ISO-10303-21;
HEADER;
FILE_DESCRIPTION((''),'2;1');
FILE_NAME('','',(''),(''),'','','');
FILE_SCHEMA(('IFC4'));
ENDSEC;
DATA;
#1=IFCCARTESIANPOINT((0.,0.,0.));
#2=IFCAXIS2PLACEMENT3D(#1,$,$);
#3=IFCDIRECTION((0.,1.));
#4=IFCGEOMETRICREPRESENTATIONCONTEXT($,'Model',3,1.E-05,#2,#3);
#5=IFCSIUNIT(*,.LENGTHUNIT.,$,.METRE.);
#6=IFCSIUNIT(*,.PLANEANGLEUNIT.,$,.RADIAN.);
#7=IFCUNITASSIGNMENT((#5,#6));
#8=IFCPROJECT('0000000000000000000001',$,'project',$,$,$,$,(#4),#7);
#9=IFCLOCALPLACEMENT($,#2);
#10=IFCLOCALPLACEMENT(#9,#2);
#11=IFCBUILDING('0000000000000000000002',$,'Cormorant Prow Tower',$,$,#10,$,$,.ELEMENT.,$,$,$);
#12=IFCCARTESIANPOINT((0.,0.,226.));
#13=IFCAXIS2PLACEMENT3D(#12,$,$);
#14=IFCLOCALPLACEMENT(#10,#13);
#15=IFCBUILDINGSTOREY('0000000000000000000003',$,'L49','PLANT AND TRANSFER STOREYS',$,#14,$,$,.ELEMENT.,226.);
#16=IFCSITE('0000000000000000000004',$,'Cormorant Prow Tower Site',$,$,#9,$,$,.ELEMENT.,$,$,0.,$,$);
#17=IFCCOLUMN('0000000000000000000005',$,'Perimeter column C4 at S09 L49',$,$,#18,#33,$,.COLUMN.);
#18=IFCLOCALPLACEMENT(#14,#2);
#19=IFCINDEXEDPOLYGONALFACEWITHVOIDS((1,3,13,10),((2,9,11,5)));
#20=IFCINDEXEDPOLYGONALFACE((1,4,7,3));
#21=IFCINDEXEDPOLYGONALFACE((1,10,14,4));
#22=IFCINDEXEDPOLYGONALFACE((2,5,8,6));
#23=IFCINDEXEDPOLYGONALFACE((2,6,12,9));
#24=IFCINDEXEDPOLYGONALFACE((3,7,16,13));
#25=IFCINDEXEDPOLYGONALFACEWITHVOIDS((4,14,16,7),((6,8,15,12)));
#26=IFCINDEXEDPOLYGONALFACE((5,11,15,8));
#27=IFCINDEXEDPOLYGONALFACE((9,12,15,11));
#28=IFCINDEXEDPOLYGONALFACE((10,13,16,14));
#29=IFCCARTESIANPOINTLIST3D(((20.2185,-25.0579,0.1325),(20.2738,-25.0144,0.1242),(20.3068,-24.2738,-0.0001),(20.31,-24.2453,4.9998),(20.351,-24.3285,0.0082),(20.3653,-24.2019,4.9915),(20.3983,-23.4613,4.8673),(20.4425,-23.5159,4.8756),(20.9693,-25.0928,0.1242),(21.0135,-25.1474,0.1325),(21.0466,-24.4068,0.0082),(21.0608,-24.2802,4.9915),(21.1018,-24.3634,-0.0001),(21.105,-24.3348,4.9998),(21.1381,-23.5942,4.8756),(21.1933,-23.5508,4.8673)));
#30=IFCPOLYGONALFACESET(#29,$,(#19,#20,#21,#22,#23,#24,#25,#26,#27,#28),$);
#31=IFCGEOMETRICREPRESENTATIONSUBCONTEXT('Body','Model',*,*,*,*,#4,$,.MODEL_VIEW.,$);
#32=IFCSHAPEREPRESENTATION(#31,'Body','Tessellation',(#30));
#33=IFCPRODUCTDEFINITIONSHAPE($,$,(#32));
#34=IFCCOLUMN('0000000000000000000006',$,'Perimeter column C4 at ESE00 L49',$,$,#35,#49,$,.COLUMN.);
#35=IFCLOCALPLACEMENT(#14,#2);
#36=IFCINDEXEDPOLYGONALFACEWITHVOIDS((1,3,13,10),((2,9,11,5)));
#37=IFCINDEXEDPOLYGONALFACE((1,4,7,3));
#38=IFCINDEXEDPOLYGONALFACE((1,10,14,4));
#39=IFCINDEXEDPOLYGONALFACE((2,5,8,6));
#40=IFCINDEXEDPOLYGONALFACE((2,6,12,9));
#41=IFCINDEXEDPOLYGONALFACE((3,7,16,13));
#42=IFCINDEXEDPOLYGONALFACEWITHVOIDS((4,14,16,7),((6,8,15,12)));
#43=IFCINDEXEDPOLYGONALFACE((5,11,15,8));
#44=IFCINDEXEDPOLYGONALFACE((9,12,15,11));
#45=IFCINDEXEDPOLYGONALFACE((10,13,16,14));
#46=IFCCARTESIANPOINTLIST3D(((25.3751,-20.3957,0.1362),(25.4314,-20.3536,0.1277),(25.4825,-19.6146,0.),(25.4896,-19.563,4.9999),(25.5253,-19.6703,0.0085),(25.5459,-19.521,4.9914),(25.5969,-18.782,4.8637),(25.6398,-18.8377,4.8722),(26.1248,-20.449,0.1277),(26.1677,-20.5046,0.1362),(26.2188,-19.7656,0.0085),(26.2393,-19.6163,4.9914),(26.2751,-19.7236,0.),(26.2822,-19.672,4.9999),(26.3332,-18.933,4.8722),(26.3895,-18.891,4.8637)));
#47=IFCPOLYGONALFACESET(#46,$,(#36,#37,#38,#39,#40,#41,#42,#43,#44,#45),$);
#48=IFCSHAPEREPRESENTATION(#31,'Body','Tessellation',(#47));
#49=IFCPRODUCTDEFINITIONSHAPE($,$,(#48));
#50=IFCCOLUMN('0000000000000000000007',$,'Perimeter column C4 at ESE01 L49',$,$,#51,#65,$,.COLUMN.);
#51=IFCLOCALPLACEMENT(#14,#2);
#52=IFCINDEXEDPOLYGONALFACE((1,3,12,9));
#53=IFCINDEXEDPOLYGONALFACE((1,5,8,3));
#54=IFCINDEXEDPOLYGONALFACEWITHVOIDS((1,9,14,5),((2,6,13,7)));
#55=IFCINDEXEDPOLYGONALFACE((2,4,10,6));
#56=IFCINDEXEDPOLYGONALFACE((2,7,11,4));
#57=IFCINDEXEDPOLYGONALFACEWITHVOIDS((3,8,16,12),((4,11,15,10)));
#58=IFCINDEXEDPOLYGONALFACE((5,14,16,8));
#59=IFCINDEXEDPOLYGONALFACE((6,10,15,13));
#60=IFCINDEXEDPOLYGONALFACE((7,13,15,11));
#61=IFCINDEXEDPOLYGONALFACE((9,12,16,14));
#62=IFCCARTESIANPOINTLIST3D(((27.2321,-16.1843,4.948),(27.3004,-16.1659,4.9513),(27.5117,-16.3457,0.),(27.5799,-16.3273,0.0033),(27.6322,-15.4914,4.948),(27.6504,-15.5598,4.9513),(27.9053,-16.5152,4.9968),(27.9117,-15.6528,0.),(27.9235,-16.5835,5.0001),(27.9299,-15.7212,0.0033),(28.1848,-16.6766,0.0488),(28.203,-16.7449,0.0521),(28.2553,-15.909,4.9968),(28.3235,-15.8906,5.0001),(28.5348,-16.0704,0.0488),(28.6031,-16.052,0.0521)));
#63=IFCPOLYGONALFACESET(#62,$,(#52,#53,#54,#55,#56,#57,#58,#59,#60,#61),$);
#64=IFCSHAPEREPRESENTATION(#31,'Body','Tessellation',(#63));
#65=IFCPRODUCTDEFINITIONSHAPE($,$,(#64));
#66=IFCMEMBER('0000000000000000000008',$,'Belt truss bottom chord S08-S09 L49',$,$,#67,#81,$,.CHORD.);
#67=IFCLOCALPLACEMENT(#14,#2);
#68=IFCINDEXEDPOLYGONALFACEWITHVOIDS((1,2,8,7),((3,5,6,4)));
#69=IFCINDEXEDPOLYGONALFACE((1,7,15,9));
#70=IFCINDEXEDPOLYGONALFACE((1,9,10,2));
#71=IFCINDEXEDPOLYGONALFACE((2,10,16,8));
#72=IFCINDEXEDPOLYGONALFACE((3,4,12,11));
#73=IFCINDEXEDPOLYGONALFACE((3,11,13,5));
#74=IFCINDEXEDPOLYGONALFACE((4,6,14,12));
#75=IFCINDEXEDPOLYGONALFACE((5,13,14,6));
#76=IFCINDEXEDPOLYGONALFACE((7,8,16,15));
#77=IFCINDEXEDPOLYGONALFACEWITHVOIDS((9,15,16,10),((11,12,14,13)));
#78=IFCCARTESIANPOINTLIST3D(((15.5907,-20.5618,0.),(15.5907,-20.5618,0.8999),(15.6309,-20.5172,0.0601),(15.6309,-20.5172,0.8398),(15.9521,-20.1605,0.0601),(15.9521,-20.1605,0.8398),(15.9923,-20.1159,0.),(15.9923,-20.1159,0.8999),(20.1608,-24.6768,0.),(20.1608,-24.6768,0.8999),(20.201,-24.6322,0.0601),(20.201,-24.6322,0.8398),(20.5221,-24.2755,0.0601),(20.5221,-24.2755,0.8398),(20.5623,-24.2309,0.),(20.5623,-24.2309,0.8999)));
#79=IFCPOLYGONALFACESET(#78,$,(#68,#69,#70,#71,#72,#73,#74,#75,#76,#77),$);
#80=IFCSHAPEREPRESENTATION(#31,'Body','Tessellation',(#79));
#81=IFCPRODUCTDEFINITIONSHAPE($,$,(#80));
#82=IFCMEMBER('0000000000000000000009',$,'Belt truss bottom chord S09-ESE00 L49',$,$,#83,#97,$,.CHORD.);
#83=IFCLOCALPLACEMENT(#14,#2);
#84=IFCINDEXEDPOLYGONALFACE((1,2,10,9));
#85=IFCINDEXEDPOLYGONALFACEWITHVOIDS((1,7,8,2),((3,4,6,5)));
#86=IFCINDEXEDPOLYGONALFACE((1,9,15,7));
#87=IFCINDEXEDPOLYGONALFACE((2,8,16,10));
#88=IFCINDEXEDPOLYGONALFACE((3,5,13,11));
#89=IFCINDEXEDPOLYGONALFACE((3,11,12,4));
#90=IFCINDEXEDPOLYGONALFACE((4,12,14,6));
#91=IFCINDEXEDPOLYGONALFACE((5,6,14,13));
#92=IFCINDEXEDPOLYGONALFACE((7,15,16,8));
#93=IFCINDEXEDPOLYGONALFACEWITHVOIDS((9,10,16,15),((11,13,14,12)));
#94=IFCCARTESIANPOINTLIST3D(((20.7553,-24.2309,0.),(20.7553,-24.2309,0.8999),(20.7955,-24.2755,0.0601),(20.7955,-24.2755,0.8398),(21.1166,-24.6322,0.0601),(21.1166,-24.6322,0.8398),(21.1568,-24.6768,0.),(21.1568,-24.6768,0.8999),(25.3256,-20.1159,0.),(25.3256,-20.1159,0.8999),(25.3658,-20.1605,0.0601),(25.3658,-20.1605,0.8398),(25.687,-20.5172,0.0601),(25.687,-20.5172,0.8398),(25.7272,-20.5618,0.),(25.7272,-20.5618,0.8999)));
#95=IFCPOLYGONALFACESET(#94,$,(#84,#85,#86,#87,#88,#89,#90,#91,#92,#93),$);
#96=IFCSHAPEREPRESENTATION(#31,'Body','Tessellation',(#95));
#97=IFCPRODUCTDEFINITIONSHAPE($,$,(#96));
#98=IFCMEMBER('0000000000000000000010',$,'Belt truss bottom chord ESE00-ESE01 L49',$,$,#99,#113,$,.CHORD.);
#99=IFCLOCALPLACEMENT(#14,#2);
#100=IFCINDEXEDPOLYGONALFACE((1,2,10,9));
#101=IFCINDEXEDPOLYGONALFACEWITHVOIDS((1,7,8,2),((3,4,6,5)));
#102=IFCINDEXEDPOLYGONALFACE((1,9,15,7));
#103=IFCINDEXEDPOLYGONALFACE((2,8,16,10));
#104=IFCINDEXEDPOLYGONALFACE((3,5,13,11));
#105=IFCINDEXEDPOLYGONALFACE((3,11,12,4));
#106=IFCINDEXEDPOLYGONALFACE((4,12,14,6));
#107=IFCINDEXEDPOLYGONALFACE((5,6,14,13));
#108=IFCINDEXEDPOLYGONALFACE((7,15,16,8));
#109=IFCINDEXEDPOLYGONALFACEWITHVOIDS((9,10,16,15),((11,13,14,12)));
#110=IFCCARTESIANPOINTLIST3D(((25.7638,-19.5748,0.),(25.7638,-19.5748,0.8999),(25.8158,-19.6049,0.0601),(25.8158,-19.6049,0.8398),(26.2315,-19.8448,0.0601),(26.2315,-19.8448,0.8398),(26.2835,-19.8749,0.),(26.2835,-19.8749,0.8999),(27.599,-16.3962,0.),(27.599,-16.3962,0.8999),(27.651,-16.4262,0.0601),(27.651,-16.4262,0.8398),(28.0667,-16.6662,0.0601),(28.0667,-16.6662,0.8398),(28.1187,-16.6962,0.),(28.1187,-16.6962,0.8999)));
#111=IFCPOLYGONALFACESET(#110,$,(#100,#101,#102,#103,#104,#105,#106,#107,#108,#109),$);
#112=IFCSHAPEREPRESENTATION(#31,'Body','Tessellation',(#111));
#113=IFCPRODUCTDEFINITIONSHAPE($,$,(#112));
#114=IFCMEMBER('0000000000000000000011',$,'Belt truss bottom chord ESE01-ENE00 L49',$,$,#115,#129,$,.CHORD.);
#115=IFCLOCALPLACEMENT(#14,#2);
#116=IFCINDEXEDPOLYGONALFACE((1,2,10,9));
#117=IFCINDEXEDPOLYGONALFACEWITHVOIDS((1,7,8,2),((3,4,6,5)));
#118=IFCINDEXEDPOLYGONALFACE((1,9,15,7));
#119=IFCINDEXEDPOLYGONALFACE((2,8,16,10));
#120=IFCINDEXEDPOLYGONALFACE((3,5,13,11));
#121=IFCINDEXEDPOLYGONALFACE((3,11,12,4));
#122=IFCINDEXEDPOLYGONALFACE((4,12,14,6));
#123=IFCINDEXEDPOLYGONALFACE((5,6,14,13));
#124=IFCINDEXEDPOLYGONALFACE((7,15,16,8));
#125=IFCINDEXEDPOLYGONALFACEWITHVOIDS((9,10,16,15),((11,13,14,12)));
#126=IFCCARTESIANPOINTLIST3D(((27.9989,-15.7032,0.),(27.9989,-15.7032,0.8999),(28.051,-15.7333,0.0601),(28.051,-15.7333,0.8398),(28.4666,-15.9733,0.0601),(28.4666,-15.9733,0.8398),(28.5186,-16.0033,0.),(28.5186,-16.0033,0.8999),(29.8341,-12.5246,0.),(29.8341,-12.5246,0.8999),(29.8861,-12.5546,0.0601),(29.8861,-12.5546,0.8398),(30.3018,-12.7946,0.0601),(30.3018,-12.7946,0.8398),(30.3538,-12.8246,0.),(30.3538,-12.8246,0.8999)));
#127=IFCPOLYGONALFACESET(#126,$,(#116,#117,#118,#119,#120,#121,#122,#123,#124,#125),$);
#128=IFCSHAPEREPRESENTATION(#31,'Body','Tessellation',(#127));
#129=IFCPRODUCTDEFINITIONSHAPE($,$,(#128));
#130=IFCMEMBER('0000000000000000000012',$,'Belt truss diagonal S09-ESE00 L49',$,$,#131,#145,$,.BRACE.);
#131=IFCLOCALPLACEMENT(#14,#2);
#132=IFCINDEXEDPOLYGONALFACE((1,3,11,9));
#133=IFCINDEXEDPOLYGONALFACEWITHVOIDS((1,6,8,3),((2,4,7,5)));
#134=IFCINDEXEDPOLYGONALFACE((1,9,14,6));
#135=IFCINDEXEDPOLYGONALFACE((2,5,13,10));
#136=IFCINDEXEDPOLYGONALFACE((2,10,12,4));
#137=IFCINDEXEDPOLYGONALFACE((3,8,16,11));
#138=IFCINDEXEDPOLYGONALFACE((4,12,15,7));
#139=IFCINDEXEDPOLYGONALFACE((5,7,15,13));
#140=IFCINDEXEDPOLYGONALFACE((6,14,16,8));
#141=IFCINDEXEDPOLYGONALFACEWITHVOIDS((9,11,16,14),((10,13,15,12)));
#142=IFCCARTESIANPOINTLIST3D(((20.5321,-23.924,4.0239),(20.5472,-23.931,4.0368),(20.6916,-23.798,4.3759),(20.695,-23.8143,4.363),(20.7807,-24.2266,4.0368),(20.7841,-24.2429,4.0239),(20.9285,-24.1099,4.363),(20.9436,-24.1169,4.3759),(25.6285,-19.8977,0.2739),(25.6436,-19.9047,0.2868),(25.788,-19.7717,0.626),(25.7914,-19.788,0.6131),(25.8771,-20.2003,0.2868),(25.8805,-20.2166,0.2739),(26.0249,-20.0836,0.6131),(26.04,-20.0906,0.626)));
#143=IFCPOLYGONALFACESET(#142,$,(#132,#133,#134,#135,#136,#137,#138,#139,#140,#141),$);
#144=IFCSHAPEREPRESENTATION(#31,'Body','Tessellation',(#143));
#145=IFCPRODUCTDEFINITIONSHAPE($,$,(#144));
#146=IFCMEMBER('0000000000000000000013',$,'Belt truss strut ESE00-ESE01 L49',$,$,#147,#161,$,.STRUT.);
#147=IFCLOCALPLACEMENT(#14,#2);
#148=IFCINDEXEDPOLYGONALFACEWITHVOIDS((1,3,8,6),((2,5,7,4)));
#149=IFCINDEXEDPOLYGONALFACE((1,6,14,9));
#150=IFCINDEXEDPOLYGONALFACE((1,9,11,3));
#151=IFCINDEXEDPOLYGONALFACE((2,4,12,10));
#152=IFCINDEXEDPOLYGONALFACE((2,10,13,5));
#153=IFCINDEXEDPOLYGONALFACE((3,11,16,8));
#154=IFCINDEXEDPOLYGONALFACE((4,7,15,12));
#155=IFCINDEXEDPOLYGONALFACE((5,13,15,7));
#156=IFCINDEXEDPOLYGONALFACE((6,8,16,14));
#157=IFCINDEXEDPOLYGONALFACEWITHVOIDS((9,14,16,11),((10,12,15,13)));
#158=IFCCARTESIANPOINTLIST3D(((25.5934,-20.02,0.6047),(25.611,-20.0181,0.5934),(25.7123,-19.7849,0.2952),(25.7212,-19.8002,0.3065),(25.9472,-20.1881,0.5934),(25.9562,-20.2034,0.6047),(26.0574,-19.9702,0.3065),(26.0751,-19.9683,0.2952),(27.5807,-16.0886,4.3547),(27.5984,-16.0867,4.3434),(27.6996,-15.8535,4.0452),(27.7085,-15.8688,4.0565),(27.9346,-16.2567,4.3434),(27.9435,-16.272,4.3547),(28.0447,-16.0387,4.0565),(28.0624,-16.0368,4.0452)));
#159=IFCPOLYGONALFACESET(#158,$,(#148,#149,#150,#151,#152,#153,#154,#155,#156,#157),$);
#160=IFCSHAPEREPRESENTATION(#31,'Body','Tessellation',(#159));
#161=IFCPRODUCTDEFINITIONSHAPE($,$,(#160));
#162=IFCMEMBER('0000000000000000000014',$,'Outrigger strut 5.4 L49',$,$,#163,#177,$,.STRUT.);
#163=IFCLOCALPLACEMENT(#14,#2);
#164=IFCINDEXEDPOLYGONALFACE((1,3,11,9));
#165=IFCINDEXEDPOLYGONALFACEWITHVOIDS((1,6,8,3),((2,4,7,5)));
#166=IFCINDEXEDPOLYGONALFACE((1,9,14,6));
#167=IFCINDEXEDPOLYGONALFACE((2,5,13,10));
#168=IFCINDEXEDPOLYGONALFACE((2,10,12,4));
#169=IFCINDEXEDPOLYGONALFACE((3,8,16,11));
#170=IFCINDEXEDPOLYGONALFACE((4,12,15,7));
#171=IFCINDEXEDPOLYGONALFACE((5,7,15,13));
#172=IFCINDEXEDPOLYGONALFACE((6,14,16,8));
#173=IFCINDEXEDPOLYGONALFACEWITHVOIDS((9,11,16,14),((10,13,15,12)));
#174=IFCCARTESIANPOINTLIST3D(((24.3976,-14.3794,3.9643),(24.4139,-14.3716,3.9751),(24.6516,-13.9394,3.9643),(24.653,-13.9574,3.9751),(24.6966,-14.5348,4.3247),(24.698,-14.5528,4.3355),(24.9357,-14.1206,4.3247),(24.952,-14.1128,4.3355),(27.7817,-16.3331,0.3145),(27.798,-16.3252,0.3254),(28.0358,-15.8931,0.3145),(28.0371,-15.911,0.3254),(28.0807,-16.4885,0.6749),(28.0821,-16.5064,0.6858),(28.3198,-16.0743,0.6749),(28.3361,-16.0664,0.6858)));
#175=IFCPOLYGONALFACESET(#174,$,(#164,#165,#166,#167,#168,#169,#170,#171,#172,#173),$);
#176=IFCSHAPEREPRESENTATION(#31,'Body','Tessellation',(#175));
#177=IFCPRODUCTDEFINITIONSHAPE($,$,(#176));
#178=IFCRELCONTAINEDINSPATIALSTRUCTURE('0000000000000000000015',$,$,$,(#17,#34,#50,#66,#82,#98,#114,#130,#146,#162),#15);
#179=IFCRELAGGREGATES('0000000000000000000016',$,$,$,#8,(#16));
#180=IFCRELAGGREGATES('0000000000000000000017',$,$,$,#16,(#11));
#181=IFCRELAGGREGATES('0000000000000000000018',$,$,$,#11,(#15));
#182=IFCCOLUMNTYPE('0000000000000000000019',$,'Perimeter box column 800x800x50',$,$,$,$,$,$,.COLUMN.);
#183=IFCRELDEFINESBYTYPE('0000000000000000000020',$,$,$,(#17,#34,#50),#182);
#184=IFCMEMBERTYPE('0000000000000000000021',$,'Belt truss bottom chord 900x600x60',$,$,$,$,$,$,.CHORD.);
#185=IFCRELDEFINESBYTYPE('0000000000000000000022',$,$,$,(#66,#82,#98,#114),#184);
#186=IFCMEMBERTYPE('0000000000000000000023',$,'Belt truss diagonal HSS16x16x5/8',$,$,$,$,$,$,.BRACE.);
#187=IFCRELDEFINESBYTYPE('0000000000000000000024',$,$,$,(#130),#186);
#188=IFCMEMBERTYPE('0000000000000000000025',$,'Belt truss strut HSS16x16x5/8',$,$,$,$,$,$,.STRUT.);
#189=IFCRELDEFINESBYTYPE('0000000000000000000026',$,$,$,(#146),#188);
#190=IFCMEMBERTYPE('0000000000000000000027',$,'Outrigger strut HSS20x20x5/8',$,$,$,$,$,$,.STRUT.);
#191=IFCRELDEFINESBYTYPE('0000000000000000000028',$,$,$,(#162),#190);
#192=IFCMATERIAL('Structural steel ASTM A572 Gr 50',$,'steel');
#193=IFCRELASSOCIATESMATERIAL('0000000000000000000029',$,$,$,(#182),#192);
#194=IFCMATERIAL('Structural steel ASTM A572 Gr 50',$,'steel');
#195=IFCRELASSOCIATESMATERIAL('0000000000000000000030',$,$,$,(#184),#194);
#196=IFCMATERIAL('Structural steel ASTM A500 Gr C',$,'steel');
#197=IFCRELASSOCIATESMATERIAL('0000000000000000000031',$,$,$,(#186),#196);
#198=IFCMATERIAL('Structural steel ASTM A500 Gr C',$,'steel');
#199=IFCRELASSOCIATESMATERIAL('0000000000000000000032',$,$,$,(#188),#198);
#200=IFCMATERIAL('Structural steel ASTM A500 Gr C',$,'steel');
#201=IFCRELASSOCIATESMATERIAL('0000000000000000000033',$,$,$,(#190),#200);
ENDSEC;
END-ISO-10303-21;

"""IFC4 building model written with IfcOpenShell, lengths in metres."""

from ifc_helpers import new_model, si_unit, direction, frame, origin, origin_2d, place, context, subcontext, project, spatial, hollow_rectangle, extrude, material, material_profile, profile_set, type_object, element, save


model = new_model("IFC4")

# Units and contexts
model_context = context("Model", 3, precision=1e-05, world=origin(), true_north=direction((0.0, 1.0)))
body_context = subcontext(model_context, "Body", "Model", "MODEL_VIEW")
ifc_project = project(units=[si_unit("LENGTHUNIT", "METRE"), si_unit("PLANEANGLEUNIT", "RADIAN")], contexts=[model_context])

# Site, building, storey
site_placement = place(None, origin())
site = spatial("IfcSite", under=ifc_project, at=site_placement, Name="Cormorant Prow Tower Site", CompositionType="ELEMENT", RefElevation=0.0)
building_placement = place(site_placement, origin())
building = spatial("IfcBuilding", under=site, at=building_placement, Name="Cormorant Prow Tower", CompositionType="ELEMENT")
storey_placement = place(building_placement, frame((0.0, 0.0, 226.0)))
storey = spatial("IfcBuildingStorey", under=building, at=storey_placement, Name="L49", Description="PLANT AND TRANSFER STOREYS", CompositionType="ELEMENT", Elevation=226.0)

# Columns
ifc_material_1 = material(Name="Structural steel ASTM A572 Gr 50", Category="steel")
ifc_material_profile_1 = material_profile(ifc_material_1, hollow_rectangle(XDim=0.8, YDim=0.8, WallThickness=0.05, at=origin_2d()), Name="Box 800x800x50")
ifc_profile_set_1 = profile_set([ifc_material_profile_1], Name="Structural steel ASTM A572 Gr 50")
column_type = type_object("IfcColumnType", Name="Perimeter box column 800x800x50", PredefinedType="COLUMN", material=ifc_profile_set_1)
column_1_placement = place(storey_placement, frame((20.6589, -24.7217, 0.0), z_axis=(0.018539, 0.164636, 0.98618), x_axis=(-0.99372, 0.111899, 0.0)))
element("IfcColumn", 1, at=column_1_placement, inside=storey, type_object=column_type, Name="Perimeter column C4 at S09 L49", PredefinedType="COLUMN", context=body_context, shape_type="SweptSolid", body=[
    extrude(hollow_rectangle(XDim=0.8, YDim=0.8, WallThickness=0.05, at=origin_2d()), frame((0.0, 0.0, 0.0671)), (0.0, 0.0, 1.0), 4.9355),
])
column_2_placement = place(storey_placement, frame((25.8235, -20.0713, 0.0), z_axis=(0.023191, 0.168691, 0.985396), x_axis=(-0.990682, 0.136198, 0.0)))
element("IfcColumn", 2, at=column_2_placement, inside=storey, type_object=column_type, Name="Perimeter column C4 at ESE00 L49", PredefinedType="COLUMN", context=body_context, shape_type="SweptSolid", body=[
    extrude(hollow_rectangle(XDim=0.8, YDim=0.8, WallThickness=0.05, at=origin_2d()), frame((0.0, 0.0, 0.0691)), (0.0, 0.0, 1.0), 4.9358),
])
column_3_placement = place(storey_placement, frame((28.0588, -16.1997, 0.0), z_axis=(-0.056374, 0.032548, 0.997879), x_axis=(-0.500003, -0.866024, 0.0)))
element("IfcColumn", 3, at=column_3_placement, inside=storey, type_object=column_type, Name="Perimeter column C4 at ESE01 L49", PredefinedType="COLUMN", context=body_context, shape_type="SweptSolid", body=[
    extrude(hollow_rectangle(XDim=0.8, YDim=0.8, WallThickness=0.05, at=origin_2d()), frame((0.0, 0.0, 0.0261)), (0.0, 0.0, 1.0), 4.9585),
])

# Members
ifc_material_2 = material(Name="Structural steel ASTM A572 Gr 50", Category="steel")
ifc_material_profile_2 = material_profile(ifc_material_2, hollow_rectangle(XDim=0.6001, YDim=0.8999, WallThickness=0.0601, at=origin_2d()), Name="Box 900x600x60")
ifc_profile_set_2 = profile_set([ifc_material_profile_2], Name="Structural steel ASTM A572 Gr 50")
member_type_1 = type_object("IfcMemberType", Name="Belt truss bottom chord 900x600x60", PredefinedType="CHORD", material=ifc_profile_set_2)
member_1_placement = place(storey_placement, frame((15.7915, -20.3389, 0.45), z_axis=(0.743138, -0.669138, 0.0), x_axis=(0.669138, 0.743138, 0.0)))
element("IfcMember", 4, at=member_1_placement, inside=storey, type_object=member_type_1, Name="Belt truss bottom chord S08-S09 L49", PredefinedType="CHORD", context=body_context, shape_type="SweptSolid", body=[
    extrude(hollow_rectangle(XDim=0.6001, YDim=0.8999, WallThickness=0.0601, at=origin_2d()), origin(), (0.0, 0.0, 1.0), 6.1497),
])
member_2_placement = place(storey_placement, frame((20.9561, -24.4539, 0.45), z_axis=(0.743156, 0.669118, 0.0), x_axis=(-0.669118, 0.743156, 0.0)))
element("IfcMember", 5, at=member_2_placement, inside=storey, type_object=member_type_1, Name="Belt truss bottom chord S09-ESE00 L49", PredefinedType="CHORD", context=body_context, shape_type="SweptSolid", body=[
    extrude(hollow_rectangle(XDim=0.6001, YDim=0.8999, WallThickness=0.0601, at=origin_2d()), origin(), (0.0, 0.0, 1.0), 6.1499),
])
for number, where, z_axis, x_axis, name in (
    (6, (26.0237, -19.7249, 0.45), (0.499995, 0.866028, 0.0), (-0.866028, 0.499995, 0.0), "Belt truss bottom chord ESE00-ESE01 L49"),
    (7, (28.2588, -15.8533, 0.45), (0.499995, 0.866028, 0.0), (-0.866028, 0.499995, 0.0), "Belt truss bottom chord ESE01-ENE00 L49"),
):
    element("IfcMember", number, at=place(storey_placement, frame(where, z_axis=z_axis, x_axis=x_axis)), inside=storey, type_object=member_type_1, Name=name, PredefinedType="CHORD", context=body_context, shape_type="SweptSolid", body=[
        extrude(hollow_rectangle(XDim=0.6001, YDim=0.8999, WallThickness=0.0601, at=origin_2d()), origin(), (0.0, 0.0, 1.0), 3.6704),
    ])
ifc_material_3 = material(Name="Structural steel ASTM A500 Gr C", Category="steel")
ifc_material_profile_3 = material_profile(ifc_material_3, hollow_rectangle(XDim=0.4065, YDim=0.4065, WallThickness=0.0149, at=origin_2d()), Name="HSS16x16x5/8")
ifc_profile_set_3 = profile_set([ifc_material_profile_3], Name="Structural steel ASTM A500 Gr C")
member_type_2 = type_object("IfcMemberType", Name="Belt truss diagonal HSS16x16x5/8", PredefinedType="BRACE", material=ifc_profile_set_3)
member_3_placement = place(storey_placement, frame((25.8342, -19.9941, 0.45), z_axis=(-0.679538, -0.53686, 0.50001), x_axis=(0.619916, -0.784668, 0.0)))
element("IfcMember", 8, at=member_3_placement, inside=storey, type_object=member_type_2, Name="Belt truss diagonal S09-ESE00 L49", PredefinedType="BRACE", context=body_context, shape_type="SweptSolid", body=[
    extrude(hollow_rectangle(XDim=0.4065, YDim=0.4065, WallThickness=0.0149, at=origin_2d()), origin(), (0.0, 0.0, 1.0), 7.4998),
])
ifc_material_4 = material(Name="Structural steel ASTM A500 Gr C", Category="steel")
ifc_material_profile_4 = material_profile(ifc_material_4, hollow_rectangle(XDim=0.4065, YDim=0.4065, WallThickness=0.0149, at=origin_2d()), Name="HSS16x16x5/8")
ifc_profile_set_4 = profile_set([ifc_material_profile_4], Name="Structural steel ASTM A500 Gr C")
member_type_3 = type_object("IfcMemberType", Name="Belt truss strut HSS16x16x5/8", PredefinedType="STRUT", material=ifc_profile_set_4)
member_4_placement = place(storey_placement, frame((25.8342, -19.9941, 0.45), z_axis=(0.343519, 0.679569, 0.648213), x_axis=(-0.892457, 0.451133, 0.0)))
element("IfcMember", 9, at=member_4_placement, inside=storey, type_object=member_type_3, Name="Belt truss strut ESE00-ESE01 L49", PredefinedType="STRUT", context=body_context, shape_type="SweptSolid", body=[
    extrude(hollow_rectangle(XDim=0.4065, YDim=0.4065, WallThickness=0.0149, at=origin_2d()), origin(), (0.0, 0.0, 1.0), 5.7852),
])
ifc_material_5 = material(Name="Structural steel ASTM A500 Gr C", Category="steel")
ifc_material_profile_5 = material_profile(ifc_material_5, hollow_rectangle(XDim=0.5081, YDim=0.5081, WallThickness=0.0149, at=origin_2d()), Name="HSS20x20x5/8")
ifc_profile_set_5 = profile_set([ifc_material_profile_5], Name="Structural steel ASTM A500 Gr C")
member_type_4 = type_object("IfcMemberType", Name="Outrigger strut HSS20x20x5/8", PredefinedType="STRUT", material=ifc_profile_set_5)
member_5_placement = place(storey_placement, frame((24.6748, -14.2461, 4.1499), z_axis=(0.632908, -0.36538, -0.682587), x_axis=(0.499969, 0.866043, 0.0)))
element("IfcMember", 10, at=member_5_placement, inside=storey, type_object=member_type_4, Name="Outrigger strut 5.4 L49", PredefinedType="STRUT", context=body_context, shape_type="SweptSolid", body=[
    extrude(hollow_rectangle(XDim=0.5081, YDim=0.5081, WallThickness=0.0149, at=origin_2d()), origin(), (0.0, 0.0, 1.0), 5.3469),
])

save(model, "model.ifc")
